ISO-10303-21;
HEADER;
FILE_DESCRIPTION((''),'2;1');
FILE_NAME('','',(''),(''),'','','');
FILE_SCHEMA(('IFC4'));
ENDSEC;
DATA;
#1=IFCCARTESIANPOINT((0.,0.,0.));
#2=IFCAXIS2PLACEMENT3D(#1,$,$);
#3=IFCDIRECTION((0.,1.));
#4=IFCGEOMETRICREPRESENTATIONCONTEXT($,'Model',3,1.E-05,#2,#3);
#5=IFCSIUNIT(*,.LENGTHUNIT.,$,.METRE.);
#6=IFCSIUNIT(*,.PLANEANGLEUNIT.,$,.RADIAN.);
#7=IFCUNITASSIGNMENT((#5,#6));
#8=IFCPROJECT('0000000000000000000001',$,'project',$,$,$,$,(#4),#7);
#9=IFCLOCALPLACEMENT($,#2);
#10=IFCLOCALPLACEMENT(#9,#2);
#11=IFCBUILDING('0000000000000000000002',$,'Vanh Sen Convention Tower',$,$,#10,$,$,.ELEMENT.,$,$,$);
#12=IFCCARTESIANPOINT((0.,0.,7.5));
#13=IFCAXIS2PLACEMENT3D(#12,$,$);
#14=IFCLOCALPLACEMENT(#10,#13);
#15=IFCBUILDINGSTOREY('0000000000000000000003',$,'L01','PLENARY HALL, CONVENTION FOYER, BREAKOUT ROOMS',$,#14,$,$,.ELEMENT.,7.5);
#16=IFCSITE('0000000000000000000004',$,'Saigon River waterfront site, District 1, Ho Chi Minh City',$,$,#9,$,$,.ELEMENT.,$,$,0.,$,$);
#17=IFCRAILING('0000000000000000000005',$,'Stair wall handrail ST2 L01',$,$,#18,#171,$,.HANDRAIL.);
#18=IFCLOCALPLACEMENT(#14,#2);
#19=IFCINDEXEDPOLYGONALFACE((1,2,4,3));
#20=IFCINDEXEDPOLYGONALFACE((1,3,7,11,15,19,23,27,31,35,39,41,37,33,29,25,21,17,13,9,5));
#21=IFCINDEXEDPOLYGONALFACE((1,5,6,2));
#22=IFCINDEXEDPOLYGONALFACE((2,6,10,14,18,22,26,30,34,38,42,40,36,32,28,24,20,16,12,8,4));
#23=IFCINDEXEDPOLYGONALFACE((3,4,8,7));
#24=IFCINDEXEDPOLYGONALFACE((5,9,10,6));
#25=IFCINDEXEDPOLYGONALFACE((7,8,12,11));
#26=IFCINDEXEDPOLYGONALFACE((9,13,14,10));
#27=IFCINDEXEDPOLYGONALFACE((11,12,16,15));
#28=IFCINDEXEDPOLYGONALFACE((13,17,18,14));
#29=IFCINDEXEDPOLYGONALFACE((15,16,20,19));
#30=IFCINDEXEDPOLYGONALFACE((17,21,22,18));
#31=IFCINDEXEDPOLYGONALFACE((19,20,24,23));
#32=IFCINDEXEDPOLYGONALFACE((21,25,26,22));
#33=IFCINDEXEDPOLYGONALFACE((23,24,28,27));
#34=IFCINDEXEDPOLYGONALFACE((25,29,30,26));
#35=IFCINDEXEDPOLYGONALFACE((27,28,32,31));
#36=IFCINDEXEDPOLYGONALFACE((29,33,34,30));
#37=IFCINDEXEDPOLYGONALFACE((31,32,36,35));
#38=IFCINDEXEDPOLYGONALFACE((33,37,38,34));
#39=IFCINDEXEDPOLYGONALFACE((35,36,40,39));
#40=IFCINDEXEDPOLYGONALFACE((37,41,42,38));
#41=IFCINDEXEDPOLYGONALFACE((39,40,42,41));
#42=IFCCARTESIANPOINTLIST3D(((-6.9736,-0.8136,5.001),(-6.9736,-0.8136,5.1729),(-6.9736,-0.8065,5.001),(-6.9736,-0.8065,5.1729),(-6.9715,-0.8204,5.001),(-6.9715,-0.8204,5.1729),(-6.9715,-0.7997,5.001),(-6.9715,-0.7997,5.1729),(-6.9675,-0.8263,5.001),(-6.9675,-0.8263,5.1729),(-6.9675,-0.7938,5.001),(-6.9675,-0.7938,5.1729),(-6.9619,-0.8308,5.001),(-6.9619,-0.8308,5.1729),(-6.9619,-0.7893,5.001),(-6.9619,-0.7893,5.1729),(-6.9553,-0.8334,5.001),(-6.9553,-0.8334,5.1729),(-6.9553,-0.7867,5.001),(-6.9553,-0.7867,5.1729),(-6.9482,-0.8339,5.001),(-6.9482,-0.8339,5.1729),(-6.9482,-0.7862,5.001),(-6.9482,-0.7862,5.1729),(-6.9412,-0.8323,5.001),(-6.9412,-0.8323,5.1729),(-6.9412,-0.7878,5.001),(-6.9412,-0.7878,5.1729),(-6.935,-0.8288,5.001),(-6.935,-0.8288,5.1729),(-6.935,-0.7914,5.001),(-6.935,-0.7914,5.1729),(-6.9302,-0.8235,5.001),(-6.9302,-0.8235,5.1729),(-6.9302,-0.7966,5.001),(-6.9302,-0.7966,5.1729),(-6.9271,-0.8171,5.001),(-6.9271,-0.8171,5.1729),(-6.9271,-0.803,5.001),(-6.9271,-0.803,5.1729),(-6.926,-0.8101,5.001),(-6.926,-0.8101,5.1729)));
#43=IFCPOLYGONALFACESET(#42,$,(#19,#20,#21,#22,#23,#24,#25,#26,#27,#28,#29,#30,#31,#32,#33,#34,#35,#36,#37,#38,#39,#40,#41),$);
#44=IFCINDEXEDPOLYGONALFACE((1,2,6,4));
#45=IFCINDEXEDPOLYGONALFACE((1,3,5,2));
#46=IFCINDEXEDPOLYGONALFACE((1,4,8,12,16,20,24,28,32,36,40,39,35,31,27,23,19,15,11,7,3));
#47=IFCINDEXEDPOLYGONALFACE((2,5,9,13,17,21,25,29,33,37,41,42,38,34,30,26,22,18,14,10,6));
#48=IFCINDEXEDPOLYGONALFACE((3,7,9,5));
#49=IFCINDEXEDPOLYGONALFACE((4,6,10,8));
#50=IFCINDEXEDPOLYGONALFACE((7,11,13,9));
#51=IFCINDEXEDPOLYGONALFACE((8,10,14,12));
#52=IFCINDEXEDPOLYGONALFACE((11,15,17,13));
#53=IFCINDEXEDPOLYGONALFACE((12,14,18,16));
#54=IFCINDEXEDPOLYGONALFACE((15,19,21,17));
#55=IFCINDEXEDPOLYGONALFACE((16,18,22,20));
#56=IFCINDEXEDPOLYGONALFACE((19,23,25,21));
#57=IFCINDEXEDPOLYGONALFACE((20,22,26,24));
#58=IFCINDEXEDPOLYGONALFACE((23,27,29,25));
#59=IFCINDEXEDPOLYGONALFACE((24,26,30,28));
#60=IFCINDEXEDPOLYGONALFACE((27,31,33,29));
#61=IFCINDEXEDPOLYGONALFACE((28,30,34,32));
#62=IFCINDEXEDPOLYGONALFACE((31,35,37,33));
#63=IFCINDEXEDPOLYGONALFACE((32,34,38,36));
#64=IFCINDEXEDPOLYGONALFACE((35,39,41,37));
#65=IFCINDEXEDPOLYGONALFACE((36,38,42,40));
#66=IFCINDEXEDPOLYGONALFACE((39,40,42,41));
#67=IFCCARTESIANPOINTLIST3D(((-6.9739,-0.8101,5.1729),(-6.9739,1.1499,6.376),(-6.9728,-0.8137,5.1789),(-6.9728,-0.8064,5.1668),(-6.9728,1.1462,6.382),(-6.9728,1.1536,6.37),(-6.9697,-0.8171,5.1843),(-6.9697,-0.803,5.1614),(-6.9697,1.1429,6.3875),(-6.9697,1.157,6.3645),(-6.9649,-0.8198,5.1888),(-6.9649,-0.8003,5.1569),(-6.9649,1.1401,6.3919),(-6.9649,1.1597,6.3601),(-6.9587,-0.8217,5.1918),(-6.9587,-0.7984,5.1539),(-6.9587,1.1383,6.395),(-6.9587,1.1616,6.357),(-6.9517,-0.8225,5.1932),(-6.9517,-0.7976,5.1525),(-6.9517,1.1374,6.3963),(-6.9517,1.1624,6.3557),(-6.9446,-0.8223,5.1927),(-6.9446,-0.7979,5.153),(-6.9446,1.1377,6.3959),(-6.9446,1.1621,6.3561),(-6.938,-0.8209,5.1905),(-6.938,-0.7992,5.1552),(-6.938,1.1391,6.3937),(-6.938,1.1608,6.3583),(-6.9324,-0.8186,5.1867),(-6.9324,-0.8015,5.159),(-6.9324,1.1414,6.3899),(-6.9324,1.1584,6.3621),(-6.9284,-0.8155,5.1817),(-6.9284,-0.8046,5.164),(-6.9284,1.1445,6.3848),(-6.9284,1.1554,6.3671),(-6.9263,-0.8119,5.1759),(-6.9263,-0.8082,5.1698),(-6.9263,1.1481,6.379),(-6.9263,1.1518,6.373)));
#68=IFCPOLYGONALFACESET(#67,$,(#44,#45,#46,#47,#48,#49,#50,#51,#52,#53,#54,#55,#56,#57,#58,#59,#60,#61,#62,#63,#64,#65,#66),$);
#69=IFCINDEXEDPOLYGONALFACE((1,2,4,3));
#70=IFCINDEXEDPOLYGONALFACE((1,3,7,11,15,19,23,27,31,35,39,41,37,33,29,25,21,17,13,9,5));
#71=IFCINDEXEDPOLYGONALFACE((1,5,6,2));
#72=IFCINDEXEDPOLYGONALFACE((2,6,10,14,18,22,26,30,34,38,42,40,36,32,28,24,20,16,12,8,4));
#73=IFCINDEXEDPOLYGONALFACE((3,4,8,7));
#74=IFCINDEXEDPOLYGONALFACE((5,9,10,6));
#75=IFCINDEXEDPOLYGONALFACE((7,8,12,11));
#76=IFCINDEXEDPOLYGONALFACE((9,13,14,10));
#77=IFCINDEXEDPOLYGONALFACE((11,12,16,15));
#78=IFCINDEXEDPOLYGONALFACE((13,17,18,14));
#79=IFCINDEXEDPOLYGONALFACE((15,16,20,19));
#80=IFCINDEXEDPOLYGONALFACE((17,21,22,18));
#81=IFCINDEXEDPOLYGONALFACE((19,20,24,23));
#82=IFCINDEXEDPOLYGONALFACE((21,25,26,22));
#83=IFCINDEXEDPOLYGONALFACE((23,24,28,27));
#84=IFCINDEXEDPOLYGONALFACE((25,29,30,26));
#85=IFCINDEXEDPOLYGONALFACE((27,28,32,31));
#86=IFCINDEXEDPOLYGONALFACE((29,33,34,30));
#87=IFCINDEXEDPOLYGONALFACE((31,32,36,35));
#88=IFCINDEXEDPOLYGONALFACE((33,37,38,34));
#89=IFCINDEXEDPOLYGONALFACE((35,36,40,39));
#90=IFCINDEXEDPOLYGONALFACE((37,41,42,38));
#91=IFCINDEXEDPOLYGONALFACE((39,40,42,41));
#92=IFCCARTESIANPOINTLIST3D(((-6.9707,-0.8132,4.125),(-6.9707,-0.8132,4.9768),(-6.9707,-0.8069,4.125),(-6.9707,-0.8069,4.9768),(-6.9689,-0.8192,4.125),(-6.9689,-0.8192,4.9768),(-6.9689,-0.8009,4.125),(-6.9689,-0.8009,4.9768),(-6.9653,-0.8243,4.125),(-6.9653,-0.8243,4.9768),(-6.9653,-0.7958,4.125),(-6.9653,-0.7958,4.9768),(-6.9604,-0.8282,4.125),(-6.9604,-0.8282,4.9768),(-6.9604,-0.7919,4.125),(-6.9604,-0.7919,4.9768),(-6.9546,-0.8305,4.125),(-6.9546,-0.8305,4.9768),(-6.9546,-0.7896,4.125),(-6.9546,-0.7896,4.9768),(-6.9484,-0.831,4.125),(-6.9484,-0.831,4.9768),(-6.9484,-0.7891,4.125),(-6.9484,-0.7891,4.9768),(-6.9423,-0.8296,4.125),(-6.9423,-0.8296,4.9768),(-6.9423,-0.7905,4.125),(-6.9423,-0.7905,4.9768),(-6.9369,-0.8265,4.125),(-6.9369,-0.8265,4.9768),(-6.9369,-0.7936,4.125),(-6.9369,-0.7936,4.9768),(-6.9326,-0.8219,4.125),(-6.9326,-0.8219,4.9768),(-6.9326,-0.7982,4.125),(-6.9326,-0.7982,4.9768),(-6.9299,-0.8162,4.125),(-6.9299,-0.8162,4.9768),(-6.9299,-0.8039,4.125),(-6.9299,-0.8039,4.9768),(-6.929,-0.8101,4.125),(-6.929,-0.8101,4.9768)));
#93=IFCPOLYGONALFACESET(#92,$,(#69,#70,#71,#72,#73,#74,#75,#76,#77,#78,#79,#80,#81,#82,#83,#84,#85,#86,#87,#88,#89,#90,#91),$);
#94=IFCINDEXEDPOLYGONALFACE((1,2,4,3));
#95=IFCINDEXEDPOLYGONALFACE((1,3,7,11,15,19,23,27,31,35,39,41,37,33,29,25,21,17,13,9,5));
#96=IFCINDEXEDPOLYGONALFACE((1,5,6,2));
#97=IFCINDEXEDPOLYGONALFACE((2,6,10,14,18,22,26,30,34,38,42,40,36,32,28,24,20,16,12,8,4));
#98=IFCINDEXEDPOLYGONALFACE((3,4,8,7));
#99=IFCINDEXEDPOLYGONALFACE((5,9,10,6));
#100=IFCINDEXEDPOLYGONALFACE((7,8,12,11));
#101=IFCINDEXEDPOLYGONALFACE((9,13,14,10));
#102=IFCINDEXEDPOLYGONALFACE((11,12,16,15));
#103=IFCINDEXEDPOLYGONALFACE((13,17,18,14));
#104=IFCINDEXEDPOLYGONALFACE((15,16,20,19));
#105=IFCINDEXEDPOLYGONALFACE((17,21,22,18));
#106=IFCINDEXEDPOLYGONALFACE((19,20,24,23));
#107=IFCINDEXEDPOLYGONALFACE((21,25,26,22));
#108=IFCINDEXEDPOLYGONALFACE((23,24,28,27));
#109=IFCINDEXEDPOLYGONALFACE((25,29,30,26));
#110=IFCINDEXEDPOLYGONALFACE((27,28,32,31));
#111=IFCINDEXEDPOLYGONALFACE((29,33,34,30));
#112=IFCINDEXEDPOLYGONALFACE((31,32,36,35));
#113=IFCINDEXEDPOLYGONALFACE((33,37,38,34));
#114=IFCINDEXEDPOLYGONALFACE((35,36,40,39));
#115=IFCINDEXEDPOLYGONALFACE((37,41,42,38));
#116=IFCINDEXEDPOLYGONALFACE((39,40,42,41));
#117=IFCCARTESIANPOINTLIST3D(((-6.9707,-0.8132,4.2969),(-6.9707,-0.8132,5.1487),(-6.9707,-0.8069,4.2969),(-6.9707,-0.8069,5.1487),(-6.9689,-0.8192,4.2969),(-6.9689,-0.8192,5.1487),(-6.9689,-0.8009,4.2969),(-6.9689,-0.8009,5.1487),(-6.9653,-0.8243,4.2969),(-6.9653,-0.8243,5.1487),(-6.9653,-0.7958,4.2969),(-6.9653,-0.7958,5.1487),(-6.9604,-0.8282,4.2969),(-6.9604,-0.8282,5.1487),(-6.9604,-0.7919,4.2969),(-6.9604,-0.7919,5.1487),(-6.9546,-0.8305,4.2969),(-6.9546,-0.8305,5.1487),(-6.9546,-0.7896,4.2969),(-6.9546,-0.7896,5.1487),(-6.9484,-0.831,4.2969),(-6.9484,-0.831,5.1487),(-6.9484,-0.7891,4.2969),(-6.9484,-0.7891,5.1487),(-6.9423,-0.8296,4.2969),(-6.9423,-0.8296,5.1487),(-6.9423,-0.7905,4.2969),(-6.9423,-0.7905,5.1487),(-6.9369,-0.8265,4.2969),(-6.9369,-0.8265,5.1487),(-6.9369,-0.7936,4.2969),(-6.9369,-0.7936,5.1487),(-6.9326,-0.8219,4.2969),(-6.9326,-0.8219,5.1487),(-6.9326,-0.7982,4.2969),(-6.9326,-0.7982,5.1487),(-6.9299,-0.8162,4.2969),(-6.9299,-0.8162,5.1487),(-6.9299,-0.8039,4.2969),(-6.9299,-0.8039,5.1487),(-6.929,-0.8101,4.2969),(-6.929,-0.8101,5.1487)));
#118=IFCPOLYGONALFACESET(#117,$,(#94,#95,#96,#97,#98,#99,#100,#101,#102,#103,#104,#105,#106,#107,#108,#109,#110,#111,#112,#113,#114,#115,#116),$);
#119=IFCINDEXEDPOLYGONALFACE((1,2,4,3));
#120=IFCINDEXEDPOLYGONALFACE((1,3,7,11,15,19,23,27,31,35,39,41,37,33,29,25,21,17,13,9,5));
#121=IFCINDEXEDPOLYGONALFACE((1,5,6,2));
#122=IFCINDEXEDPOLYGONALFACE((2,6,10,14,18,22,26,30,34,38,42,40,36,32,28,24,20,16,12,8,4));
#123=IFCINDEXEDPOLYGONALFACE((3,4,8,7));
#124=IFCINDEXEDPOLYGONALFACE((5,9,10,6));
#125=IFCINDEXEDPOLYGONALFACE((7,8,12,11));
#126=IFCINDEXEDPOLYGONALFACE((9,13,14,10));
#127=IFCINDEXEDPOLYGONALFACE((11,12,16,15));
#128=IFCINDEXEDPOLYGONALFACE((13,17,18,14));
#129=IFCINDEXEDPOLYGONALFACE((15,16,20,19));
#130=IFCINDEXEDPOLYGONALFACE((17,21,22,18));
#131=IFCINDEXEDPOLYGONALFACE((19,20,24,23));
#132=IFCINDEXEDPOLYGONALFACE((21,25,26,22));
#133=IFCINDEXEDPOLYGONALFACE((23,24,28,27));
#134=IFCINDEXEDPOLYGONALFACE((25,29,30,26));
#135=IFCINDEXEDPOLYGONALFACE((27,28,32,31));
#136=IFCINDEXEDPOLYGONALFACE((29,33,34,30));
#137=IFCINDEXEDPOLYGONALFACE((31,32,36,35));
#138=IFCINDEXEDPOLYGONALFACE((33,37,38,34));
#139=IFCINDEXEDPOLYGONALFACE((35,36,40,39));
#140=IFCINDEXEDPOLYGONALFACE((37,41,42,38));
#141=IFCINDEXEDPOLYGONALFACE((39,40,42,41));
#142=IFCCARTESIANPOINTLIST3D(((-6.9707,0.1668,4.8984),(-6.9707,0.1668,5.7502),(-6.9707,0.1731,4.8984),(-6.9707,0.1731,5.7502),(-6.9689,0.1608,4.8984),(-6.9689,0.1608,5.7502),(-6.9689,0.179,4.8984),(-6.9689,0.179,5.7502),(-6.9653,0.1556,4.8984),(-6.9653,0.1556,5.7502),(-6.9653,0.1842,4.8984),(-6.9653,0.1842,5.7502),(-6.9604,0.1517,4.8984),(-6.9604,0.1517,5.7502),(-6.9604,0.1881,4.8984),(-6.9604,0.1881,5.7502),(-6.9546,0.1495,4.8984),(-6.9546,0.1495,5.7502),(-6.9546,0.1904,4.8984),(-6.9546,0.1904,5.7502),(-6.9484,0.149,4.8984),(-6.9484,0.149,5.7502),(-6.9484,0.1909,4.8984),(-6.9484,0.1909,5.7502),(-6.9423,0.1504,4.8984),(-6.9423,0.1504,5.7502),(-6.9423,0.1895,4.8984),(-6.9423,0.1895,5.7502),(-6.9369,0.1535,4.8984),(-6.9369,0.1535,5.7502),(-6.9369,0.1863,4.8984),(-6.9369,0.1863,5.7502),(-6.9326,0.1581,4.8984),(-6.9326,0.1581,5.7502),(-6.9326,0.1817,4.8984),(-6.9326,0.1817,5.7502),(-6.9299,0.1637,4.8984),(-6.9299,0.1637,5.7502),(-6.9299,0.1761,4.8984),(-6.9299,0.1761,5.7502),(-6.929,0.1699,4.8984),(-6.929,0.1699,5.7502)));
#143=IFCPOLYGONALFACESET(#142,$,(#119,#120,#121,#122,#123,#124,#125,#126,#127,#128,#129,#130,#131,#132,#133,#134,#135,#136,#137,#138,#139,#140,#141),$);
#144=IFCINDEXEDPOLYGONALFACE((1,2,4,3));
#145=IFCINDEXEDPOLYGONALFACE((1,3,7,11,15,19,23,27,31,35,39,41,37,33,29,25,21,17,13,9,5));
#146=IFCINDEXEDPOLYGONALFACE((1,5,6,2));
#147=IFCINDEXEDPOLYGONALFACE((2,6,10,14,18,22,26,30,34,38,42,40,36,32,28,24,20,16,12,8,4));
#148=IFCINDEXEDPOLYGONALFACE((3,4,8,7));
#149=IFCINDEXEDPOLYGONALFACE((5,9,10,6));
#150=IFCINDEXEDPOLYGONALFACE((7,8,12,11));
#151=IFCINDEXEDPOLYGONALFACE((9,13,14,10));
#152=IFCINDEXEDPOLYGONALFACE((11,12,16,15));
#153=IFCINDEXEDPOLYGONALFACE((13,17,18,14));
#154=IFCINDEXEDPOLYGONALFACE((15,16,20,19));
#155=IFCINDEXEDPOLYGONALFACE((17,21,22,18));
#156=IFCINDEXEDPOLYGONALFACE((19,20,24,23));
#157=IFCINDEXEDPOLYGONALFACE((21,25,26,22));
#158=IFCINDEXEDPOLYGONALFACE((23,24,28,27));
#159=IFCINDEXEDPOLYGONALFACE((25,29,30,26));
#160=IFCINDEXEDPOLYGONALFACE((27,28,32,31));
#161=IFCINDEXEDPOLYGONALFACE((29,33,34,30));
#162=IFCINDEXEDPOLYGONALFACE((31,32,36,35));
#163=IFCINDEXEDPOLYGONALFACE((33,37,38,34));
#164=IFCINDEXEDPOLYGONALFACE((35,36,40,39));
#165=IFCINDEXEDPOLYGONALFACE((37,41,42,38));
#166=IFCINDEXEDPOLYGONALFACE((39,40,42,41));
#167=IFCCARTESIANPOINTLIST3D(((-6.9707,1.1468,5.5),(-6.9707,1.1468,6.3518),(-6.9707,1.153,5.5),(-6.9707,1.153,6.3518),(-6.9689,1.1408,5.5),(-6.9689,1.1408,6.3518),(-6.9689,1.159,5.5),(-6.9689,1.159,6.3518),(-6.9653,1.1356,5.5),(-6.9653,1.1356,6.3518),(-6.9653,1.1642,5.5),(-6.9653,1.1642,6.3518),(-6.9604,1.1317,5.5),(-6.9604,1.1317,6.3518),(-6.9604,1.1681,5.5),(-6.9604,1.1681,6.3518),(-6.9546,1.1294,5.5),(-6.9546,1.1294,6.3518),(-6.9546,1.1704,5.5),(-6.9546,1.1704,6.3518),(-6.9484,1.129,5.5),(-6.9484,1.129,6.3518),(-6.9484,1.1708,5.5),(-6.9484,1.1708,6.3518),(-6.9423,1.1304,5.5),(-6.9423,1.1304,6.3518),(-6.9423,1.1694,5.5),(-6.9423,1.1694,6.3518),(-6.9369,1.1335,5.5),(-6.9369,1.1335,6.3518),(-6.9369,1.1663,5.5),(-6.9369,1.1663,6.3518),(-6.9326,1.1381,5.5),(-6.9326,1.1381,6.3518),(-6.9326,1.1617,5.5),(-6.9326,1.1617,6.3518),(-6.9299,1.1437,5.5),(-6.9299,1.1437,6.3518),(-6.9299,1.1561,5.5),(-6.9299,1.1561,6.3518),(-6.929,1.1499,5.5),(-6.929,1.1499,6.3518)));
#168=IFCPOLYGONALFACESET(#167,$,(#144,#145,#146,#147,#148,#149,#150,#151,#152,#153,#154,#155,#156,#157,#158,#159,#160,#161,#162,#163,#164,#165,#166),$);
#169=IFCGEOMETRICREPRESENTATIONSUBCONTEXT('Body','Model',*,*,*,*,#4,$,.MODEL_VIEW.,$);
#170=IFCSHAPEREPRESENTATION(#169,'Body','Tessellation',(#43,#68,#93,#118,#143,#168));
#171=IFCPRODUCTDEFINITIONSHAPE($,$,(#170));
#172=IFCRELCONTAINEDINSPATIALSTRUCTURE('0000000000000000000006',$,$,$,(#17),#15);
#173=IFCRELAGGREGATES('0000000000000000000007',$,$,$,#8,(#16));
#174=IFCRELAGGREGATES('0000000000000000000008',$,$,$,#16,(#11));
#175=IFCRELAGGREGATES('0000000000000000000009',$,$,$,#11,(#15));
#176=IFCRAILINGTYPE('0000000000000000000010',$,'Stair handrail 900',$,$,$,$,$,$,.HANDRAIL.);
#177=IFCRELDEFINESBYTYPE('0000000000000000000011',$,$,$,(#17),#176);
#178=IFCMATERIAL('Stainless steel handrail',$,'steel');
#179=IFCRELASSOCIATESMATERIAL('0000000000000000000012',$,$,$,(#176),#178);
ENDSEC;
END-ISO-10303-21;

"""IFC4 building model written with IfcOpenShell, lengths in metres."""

from ifc_helpers import new_model, si_unit, direction, frame, origin, origin_2d, place, context, subcontext, project, spatial, circle, extrude, material, type_object, element, save


model = new_model("IFC4")

# Units and contexts
model_context = context("Model", 3, precision=1e-05, world=origin(), true_north=direction((0.0, 1.0)))
body_context = subcontext(model_context, "Body", "Model", "MODEL_VIEW")
ifc_project = project(units=[si_unit("LENGTHUNIT", "METRE"), si_unit("PLANEANGLEUNIT", "RADIAN")], contexts=[model_context])

# Site, building, storey
site_placement = place(None, origin())
site = spatial("IfcSite", under=ifc_project, at=site_placement, Name="Saigon River waterfront site, District 1, Ho Chi Minh City", CompositionType="ELEMENT", RefElevation=0.0)
building_placement = place(site_placement, origin())
building = spatial("IfcBuilding", under=site, at=building_placement, Name="Vanh Sen Convention Tower", CompositionType="ELEMENT")
storey_placement = place(building_placement, frame((0.0, 0.0, 7.5)))
storey = spatial("IfcBuildingStorey", under=building, at=storey_placement, Name="L01", Description="PLENARY HALL, CONVENTION FOYER, BREAKOUT ROOMS", CompositionType="ELEMENT", Elevation=7.5)

# Railing
ifc_material_1 = material(Name="Stainless steel handrail", Category="steel")
railing_type = type_object("IfcRailingType", Name="Stair handrail 900", PredefinedType="HANDRAIL", material=ifc_material_1)
railing_placement = place(storey_placement, frame((-6.95, -0.8101, 4.125)))
element("IfcRailing", 1, at=railing_placement, inside=storey, type_object=railing_type, Name="Stair wall handrail ST2 L01", PredefinedType="HANDRAIL", context=body_context, shape_type="SweptSolid", body=[
    extrude(circle(Radius=0.0239, at=origin_2d()), frame((0.0, 0.0, 0.876), z_axis=(0.0, 0.0, 1.0), x_axis=(1.0, 0.0, 0.0)), (0.0, 0.0, 1.0), 0.1719),
    extrude(circle(Radius=0.0239, at=origin_2d()), frame((0.0, 0.0, 1.0479), z_axis=(0.0, 0.852241, 0.523149), x_axis=(-1.0, 0.0, 0.0)), (0.0, 0.0, 1.0), 2.2998),
    extrude(circle(Radius=0.021, at=origin_2d()), origin(), (0.0, 0.0, 1.0), 0.8518),
    extrude(circle(Radius=0.021, at=origin_2d()), frame((0.0, 0.0, 0.1719)), (0.0, 0.0, 1.0), 0.8518),
    extrude(circle(Radius=0.021, at=origin_2d()), frame((0.0, 0.98, 0.7734)), (0.0, 0.0, 1.0), 0.8518),
    extrude(circle(Radius=0.021, at=origin_2d()), frame((0.0, 1.96, 1.375)), (0.0, 0.0, 1.0), 0.8518),
])

save(model, "model.ifc")
